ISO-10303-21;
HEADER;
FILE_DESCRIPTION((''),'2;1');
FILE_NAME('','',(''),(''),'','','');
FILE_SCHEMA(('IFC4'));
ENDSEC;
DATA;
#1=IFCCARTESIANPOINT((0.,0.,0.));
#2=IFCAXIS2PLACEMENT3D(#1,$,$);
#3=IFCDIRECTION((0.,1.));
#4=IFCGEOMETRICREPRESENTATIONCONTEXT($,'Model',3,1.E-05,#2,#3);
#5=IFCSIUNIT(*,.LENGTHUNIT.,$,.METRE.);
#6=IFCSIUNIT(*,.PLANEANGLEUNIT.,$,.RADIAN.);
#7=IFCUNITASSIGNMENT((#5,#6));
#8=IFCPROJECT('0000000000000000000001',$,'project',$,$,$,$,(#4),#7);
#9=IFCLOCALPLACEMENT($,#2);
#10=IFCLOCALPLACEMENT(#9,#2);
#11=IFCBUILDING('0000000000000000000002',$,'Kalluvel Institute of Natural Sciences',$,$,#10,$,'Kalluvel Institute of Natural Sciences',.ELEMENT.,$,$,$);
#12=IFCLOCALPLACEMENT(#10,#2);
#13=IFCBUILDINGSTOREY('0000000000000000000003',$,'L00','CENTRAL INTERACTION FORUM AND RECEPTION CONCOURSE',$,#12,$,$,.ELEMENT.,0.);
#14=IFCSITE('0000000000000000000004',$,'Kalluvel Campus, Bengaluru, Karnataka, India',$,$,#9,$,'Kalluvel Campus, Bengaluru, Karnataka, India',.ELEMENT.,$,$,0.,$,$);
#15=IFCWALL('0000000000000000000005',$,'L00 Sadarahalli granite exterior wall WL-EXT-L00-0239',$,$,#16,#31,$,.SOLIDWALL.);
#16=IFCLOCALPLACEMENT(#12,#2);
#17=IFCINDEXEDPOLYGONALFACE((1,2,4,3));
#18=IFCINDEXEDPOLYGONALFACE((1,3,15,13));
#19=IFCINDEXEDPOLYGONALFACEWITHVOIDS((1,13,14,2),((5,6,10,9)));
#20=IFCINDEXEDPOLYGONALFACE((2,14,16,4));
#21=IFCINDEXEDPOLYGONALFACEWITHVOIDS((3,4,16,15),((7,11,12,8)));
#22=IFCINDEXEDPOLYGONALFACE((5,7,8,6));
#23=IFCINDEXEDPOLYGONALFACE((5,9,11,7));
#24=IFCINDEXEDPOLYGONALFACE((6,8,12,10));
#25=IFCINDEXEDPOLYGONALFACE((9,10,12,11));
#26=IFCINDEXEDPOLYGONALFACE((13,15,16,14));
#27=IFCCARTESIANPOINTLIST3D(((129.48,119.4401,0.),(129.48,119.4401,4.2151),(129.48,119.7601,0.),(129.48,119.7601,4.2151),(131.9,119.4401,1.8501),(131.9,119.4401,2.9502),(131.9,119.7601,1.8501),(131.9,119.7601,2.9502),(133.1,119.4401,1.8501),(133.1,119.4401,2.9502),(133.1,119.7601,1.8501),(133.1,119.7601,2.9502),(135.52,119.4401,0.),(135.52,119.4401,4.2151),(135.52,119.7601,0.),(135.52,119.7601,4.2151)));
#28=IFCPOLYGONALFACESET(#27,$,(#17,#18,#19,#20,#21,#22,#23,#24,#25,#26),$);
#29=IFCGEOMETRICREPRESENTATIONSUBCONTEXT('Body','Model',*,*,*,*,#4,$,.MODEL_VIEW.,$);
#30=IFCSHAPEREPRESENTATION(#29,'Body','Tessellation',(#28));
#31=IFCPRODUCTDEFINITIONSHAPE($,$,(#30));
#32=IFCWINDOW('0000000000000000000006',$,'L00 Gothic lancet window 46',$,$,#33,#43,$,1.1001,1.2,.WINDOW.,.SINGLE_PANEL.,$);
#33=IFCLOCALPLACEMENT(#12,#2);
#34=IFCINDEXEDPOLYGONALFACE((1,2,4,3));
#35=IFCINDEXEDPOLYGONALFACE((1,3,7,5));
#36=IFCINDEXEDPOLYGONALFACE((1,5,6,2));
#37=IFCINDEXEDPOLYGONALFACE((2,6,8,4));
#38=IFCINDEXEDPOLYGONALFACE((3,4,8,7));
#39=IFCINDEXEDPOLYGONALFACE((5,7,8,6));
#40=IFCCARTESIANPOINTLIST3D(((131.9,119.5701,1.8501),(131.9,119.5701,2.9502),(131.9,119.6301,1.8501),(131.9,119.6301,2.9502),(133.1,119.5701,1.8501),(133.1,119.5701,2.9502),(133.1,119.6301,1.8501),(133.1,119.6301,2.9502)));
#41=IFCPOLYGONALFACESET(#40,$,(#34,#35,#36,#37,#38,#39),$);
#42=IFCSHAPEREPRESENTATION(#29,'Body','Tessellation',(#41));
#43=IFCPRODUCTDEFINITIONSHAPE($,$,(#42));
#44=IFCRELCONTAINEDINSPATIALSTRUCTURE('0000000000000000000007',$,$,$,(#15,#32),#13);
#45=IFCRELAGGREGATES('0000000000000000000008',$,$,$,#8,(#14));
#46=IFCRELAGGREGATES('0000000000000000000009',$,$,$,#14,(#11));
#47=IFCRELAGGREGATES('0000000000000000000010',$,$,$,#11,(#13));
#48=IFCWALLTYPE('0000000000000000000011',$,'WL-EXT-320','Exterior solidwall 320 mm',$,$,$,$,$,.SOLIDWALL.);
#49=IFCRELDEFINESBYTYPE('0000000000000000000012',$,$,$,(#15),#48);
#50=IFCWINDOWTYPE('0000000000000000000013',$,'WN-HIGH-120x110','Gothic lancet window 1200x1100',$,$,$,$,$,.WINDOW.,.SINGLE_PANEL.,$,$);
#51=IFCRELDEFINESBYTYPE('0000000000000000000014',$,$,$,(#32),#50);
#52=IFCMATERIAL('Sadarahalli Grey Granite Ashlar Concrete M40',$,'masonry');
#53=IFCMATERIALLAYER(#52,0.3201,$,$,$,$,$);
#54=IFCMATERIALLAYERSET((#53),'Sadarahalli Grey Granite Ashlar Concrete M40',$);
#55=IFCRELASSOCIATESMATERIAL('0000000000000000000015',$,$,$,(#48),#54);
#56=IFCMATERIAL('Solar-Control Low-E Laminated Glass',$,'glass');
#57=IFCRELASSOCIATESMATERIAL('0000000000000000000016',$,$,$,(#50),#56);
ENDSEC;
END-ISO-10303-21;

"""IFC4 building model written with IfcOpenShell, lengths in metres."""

from ifc_helpers import new_model, si_unit, direction, frame, frame_2d, origin, place, context, subcontext, project, spatial, rectangle, extrude, material, layer, layer_set, type_object, element, fill, save


model = new_model("IFC4")

# Units and contexts
model_context = context("Model", 3, precision=1e-05, world=origin(), true_north=direction((0.0, 1.0)))
body_context = subcontext(model_context, "Body", "Model", "MODEL_VIEW")
ifc_project = project(units=[si_unit("LENGTHUNIT", "METRE"), si_unit("PLANEANGLEUNIT", "RADIAN")], contexts=[model_context])

# Site, building, storey
site_placement = place(None, origin())
site = spatial("IfcSite", under=ifc_project, at=site_placement, Name="Kalluvel Campus, Bengaluru, Karnataka, India", LongName="Kalluvel Campus, Bengaluru, Karnataka, India", CompositionType="ELEMENT", RefElevation=0.0)
building_placement = place(site_placement, origin())
building = spatial("IfcBuilding", under=site, at=building_placement, Name="Kalluvel Institute of Natural Sciences", LongName="Kalluvel Institute of Natural Sciences", CompositionType="ELEMENT")
storey_placement = place(building_placement, origin())
storey = spatial("IfcBuildingStorey", under=building, at=storey_placement, Name="L00", Description="CENTRAL INTERACTION FORUM AND RECEPTION CONCOURSE", CompositionType="ELEMENT", Elevation=0.0)

# Shared definitions
ifc_material_1 = material(Name="Solar-Control Low-E Laminated Glass", Category="glass")

# Shared definitions
ifc_material_2 = material(Name="Sadarahalli Grey Granite Ashlar Concrete M40", Category="masonry")
ifc_layer_1 = layer(ifc_material_2, 0.3201)
ifc_layer_set_1 = layer_set([ifc_layer_1], Name="Sadarahalli Grey Granite Ashlar Concrete M40")
wall_type = type_object("IfcWallType", Name="WL-EXT-320", Description="Exterior solidwall 320 mm", PredefinedType="SOLIDWALL", material=ifc_layer_set_1)

# Wall, opening, window
wall_placement = place(storey_placement, frame((129.48, 119.6001, 0.0), z_axis=(0.0, 0.0, 1.0), x_axis=(1.0, 0.0, 0.0)))
wall = element("IfcWall", 1, at=wall_placement, inside=storey, type_object=wall_type, Name="L00 Sadarahalli granite exterior wall WL-EXT-L00-0239", PredefinedType="SOLIDWALL", context=body_context, shape_type="SweptSolid", body=[
    extrude(rectangle(XDim=6.04, YDim=0.3201, at=frame_2d((3.02, 0.0))), origin(), (0.0, 0.0, 1.0), 4.2151),
])
opening_placement = place(wall_placement, frame((2.4199, 0.0, 1.8501)))
opening = element("IfcOpeningElement", 2, at=opening_placement, cuts=wall, PredefinedType="OPENING", context=body_context, shape_type="SweptSolid", body=[
    extrude(rectangle(XDim=1.2, YDim=1.1001, at=frame_2d((0.6001, 0.55))), frame((0.0, 0.1699, 0.0), z_axis=(0.0, -1.0, 0.0), x_axis=(1.0, 0.0, 0.0)), (0.0, 0.0, 1.0), 0.3401),
])
window_type = type_object("IfcWindowType", Name="WN-HIGH-120x110", Description="Gothic lancet window 1200x1100", PartitioningType="SINGLE_PANEL", PredefinedType="WINDOW", material=ifc_material_1)
window_placement = place(opening_placement, origin())
window = element("IfcWindow", 3, at=window_placement, inside=storey, type_object=window_type, Name="L00 Gothic lancet window 46", OverallHeight=1.1001, OverallWidth=1.2, PartitioningType="SINGLE_PANEL", PredefinedType="WINDOW", context=body_context, shape_type="SweptSolid", body=[
    extrude(rectangle(XDim=1.2, YDim=1.1001, at=frame_2d((0.6001, 0.55))), frame((0.0, 0.03, 0.0), z_axis=(0.0, -1.0, 0.0), x_axis=(1.0, 0.0, 0.0)), (0.0, 0.0, 1.0), 0.0601),
])
fill(opening, window)

save(model, "model.ifc")
